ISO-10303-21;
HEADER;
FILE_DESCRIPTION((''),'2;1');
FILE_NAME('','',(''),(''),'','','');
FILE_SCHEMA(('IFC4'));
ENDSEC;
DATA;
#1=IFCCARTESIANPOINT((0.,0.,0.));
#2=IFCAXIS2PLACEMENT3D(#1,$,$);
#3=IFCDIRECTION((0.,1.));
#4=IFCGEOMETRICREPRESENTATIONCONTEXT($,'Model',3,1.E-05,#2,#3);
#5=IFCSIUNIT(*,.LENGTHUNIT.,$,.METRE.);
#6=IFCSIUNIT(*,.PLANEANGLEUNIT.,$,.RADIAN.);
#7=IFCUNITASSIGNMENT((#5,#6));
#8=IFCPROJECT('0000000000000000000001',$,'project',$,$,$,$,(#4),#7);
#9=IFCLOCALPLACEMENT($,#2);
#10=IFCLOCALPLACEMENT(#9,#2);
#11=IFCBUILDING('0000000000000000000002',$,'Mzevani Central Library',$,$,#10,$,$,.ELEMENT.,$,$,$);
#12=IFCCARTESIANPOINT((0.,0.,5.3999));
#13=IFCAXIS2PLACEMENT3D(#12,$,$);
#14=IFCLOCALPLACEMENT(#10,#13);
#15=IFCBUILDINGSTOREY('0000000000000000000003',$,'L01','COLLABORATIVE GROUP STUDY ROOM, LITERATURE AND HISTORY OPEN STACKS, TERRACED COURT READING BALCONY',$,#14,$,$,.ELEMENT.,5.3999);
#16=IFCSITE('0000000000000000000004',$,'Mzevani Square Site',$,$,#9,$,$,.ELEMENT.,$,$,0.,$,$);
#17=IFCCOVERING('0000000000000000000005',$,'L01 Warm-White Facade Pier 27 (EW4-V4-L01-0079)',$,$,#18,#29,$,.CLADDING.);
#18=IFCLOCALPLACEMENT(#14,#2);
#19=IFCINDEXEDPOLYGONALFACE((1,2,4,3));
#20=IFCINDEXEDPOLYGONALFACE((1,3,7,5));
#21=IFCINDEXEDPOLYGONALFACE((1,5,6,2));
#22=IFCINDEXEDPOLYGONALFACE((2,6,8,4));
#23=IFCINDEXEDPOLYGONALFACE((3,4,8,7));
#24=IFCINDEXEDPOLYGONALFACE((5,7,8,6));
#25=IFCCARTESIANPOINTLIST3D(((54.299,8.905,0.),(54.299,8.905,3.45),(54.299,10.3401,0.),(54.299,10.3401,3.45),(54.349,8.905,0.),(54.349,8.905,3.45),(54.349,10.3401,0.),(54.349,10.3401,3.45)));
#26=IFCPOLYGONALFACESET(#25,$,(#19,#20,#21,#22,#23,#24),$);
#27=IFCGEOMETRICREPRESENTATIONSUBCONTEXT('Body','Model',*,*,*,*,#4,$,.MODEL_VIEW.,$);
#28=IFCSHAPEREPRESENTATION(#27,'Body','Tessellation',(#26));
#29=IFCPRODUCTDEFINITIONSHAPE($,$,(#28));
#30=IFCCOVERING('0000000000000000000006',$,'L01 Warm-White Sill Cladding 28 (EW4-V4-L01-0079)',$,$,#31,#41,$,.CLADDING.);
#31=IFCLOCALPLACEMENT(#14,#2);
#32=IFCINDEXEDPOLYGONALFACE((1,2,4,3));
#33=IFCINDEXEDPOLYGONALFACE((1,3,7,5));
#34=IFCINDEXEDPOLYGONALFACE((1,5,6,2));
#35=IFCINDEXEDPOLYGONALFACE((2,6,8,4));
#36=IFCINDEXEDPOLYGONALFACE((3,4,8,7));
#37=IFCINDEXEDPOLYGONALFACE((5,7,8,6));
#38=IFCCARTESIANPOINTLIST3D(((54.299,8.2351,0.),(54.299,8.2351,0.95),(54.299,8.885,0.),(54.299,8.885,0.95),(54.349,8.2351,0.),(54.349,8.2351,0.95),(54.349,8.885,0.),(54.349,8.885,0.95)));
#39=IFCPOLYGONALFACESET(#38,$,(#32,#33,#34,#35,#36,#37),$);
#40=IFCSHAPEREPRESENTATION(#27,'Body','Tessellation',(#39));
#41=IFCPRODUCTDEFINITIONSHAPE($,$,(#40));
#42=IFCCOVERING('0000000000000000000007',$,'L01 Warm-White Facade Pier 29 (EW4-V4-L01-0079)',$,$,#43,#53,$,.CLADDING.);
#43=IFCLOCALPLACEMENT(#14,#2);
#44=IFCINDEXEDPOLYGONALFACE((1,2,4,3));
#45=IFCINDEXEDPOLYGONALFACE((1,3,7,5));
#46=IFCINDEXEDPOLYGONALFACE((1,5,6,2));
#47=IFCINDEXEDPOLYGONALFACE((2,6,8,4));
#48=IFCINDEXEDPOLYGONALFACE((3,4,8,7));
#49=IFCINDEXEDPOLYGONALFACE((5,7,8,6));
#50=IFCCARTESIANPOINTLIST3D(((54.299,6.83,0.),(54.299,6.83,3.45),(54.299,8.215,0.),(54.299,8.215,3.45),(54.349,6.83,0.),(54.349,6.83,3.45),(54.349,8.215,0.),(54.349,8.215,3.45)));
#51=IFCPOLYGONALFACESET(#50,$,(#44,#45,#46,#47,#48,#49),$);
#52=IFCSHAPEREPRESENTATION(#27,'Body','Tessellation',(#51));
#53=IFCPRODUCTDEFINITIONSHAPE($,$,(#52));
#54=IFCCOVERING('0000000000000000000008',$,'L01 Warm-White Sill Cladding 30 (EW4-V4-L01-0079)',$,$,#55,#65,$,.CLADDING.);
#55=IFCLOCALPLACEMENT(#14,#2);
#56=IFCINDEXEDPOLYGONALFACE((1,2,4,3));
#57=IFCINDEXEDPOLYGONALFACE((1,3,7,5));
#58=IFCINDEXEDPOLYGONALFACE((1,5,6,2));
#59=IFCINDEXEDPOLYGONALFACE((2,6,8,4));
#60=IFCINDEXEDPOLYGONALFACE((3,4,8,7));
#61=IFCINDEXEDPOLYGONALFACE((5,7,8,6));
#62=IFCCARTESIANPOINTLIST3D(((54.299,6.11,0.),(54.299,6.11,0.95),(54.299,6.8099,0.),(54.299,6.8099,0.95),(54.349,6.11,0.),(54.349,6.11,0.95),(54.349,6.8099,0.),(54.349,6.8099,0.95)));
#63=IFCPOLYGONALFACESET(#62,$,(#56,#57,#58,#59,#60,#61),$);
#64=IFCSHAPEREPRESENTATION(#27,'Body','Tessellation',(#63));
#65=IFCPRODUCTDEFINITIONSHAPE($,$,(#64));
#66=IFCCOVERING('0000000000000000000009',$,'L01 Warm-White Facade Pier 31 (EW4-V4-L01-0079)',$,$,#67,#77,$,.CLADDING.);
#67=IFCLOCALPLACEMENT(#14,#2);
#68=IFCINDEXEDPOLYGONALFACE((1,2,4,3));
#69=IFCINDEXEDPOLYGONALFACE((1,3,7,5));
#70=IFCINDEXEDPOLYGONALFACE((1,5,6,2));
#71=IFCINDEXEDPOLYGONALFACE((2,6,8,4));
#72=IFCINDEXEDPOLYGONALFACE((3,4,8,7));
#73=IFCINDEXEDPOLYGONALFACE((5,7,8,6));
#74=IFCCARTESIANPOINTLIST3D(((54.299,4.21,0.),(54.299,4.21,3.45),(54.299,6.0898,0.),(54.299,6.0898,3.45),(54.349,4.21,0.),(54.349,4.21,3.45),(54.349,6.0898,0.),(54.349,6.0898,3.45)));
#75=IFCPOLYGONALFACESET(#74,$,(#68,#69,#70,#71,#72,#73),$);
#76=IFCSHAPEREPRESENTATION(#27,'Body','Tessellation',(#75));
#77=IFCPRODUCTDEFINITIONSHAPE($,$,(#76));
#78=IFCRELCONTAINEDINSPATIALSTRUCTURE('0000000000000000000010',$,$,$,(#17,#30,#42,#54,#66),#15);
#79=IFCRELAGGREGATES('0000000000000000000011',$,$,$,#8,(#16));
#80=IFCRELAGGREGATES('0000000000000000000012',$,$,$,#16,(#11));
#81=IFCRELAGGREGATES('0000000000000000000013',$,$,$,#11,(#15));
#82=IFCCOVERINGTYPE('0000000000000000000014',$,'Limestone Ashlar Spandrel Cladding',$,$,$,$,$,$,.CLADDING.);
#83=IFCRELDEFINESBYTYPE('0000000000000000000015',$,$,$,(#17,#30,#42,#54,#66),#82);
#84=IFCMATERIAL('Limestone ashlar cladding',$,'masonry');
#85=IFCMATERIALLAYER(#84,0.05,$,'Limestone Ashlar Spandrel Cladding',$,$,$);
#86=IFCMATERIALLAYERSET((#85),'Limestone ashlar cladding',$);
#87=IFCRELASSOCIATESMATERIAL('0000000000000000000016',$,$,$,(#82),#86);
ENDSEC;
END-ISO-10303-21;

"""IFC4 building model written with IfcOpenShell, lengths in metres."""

from ifc_helpers import new_model, si_unit, direction, frame, origin, origin_2d, place, context, subcontext, project, spatial, rectangle, extrude, material, layer, layer_set, type_object, element, save


model = new_model("IFC4")

# Units and contexts
model_context = context("Model", 3, precision=1e-05, world=origin(), true_north=direction((0.0, 1.0)))
body_context = subcontext(model_context, "Body", "Model", "MODEL_VIEW")
ifc_project = project(units=[si_unit("LENGTHUNIT", "METRE"), si_unit("PLANEANGLEUNIT", "RADIAN")], contexts=[model_context])

# Site, building, storey
site_placement = place(None, origin())
site = spatial("IfcSite", under=ifc_project, at=site_placement, Name="Mzevani Square Site", CompositionType="ELEMENT", RefElevation=0.0)
building_placement = place(site_placement, origin())
building = spatial("IfcBuilding", under=site, at=building_placement, Name="Mzevani Central Library", CompositionType="ELEMENT")
storey_placement = place(building_placement, frame((0.0, 0.0, 5.3999)))
storey = spatial("IfcBuildingStorey", under=building, at=storey_placement, Name="L01", Description="COLLABORATIVE GROUP STUDY ROOM, LITERATURE AND HISTORY OPEN STACKS, TERRACED COURT READING BALCONY", CompositionType="ELEMENT", Elevation=5.3999)

# Coverings
ifc_material_1 = material(Name="Limestone ashlar cladding", Category="masonry")
ifc_layer_1 = layer(ifc_material_1, 0.05, Name="Limestone Ashlar Spandrel Cladding")
ifc_layer_set_1 = layer_set([ifc_layer_1], Name="Limestone ashlar cladding")
covering_type = type_object("IfcCoveringType", Name="Limestone Ashlar Spandrel Cladding", PredefinedType="CLADDING", material=ifc_layer_set_1)
covering_1_placement = place(storey_placement, frame((54.324, 9.6226, 0.0), z_axis=(0.0, 0.0, 1.0), x_axis=(0.0, -1.0, 0.0)))
element("IfcCovering", 1, at=covering_1_placement, inside=storey, type_object=covering_type, Name="L01 Warm-White Facade Pier 27 (EW4-V4-L01-0079)", PredefinedType="CLADDING", context=body_context, shape_type="SweptSolid", body=[
    extrude(rectangle(XDim=1.4351, YDim=0.05, at=origin_2d()), origin(), (0.0, 0.0, 1.0), 3.45),
])
covering_2_placement = place(storey_placement, frame((54.324, 8.5601, 0.0), z_axis=(0.0, 0.0, 1.0), x_axis=(0.0, -1.0, 0.0)))
element("IfcCovering", 2, at=covering_2_placement, inside=storey, type_object=covering_type, Name="L01 Warm-White Sill Cladding 28 (EW4-V4-L01-0079)", PredefinedType="CLADDING", context=body_context, shape_type="SweptSolid", body=[
    extrude(rectangle(XDim=0.6499, YDim=0.05, at=origin_2d()), origin(), (0.0, 0.0, 1.0), 0.95),
])
covering_3_placement = place(storey_placement, frame((54.324, 7.5225, 0.0), z_axis=(0.0, 0.0, 1.0), x_axis=(0.0, -1.0, 0.0)))
element("IfcCovering", 3, at=covering_3_placement, inside=storey, type_object=covering_type, Name="L01 Warm-White Facade Pier 29 (EW4-V4-L01-0079)", PredefinedType="CLADDING", context=body_context, shape_type="SweptSolid", body=[
    extrude(rectangle(XDim=1.385, YDim=0.05, at=origin_2d()), origin(), (0.0, 0.0, 1.0), 3.45),
])
covering_4_placement = place(storey_placement, frame((54.324, 6.46, 0.0), z_axis=(0.0, 0.0, 1.0), x_axis=(0.0, -1.0, 0.0)))
element("IfcCovering", 4, at=covering_4_placement, inside=storey, type_object=covering_type, Name="L01 Warm-White Sill Cladding 30 (EW4-V4-L01-0079)", PredefinedType="CLADDING", context=body_context, shape_type="SweptSolid", body=[
    extrude(rectangle(XDim=0.7, YDim=0.05, at=origin_2d()), origin(), (0.0, 0.0, 1.0), 0.95),
])
covering_5_placement = place(storey_placement, frame((54.324, 5.1499, 0.0), z_axis=(0.0, 0.0, 1.0), x_axis=(0.0, -1.0, 0.0)))
element("IfcCovering", 5, at=covering_5_placement, inside=storey, type_object=covering_type, Name="L01 Warm-White Facade Pier 31 (EW4-V4-L01-0079)", PredefinedType="CLADDING", context=body_context, shape_type="SweptSolid", body=[
    extrude(rectangle(XDim=1.8799, YDim=0.05, at=origin_2d()), origin(), (0.0, 0.0, 1.0), 3.45),
])

save(model, "model.ifc")
